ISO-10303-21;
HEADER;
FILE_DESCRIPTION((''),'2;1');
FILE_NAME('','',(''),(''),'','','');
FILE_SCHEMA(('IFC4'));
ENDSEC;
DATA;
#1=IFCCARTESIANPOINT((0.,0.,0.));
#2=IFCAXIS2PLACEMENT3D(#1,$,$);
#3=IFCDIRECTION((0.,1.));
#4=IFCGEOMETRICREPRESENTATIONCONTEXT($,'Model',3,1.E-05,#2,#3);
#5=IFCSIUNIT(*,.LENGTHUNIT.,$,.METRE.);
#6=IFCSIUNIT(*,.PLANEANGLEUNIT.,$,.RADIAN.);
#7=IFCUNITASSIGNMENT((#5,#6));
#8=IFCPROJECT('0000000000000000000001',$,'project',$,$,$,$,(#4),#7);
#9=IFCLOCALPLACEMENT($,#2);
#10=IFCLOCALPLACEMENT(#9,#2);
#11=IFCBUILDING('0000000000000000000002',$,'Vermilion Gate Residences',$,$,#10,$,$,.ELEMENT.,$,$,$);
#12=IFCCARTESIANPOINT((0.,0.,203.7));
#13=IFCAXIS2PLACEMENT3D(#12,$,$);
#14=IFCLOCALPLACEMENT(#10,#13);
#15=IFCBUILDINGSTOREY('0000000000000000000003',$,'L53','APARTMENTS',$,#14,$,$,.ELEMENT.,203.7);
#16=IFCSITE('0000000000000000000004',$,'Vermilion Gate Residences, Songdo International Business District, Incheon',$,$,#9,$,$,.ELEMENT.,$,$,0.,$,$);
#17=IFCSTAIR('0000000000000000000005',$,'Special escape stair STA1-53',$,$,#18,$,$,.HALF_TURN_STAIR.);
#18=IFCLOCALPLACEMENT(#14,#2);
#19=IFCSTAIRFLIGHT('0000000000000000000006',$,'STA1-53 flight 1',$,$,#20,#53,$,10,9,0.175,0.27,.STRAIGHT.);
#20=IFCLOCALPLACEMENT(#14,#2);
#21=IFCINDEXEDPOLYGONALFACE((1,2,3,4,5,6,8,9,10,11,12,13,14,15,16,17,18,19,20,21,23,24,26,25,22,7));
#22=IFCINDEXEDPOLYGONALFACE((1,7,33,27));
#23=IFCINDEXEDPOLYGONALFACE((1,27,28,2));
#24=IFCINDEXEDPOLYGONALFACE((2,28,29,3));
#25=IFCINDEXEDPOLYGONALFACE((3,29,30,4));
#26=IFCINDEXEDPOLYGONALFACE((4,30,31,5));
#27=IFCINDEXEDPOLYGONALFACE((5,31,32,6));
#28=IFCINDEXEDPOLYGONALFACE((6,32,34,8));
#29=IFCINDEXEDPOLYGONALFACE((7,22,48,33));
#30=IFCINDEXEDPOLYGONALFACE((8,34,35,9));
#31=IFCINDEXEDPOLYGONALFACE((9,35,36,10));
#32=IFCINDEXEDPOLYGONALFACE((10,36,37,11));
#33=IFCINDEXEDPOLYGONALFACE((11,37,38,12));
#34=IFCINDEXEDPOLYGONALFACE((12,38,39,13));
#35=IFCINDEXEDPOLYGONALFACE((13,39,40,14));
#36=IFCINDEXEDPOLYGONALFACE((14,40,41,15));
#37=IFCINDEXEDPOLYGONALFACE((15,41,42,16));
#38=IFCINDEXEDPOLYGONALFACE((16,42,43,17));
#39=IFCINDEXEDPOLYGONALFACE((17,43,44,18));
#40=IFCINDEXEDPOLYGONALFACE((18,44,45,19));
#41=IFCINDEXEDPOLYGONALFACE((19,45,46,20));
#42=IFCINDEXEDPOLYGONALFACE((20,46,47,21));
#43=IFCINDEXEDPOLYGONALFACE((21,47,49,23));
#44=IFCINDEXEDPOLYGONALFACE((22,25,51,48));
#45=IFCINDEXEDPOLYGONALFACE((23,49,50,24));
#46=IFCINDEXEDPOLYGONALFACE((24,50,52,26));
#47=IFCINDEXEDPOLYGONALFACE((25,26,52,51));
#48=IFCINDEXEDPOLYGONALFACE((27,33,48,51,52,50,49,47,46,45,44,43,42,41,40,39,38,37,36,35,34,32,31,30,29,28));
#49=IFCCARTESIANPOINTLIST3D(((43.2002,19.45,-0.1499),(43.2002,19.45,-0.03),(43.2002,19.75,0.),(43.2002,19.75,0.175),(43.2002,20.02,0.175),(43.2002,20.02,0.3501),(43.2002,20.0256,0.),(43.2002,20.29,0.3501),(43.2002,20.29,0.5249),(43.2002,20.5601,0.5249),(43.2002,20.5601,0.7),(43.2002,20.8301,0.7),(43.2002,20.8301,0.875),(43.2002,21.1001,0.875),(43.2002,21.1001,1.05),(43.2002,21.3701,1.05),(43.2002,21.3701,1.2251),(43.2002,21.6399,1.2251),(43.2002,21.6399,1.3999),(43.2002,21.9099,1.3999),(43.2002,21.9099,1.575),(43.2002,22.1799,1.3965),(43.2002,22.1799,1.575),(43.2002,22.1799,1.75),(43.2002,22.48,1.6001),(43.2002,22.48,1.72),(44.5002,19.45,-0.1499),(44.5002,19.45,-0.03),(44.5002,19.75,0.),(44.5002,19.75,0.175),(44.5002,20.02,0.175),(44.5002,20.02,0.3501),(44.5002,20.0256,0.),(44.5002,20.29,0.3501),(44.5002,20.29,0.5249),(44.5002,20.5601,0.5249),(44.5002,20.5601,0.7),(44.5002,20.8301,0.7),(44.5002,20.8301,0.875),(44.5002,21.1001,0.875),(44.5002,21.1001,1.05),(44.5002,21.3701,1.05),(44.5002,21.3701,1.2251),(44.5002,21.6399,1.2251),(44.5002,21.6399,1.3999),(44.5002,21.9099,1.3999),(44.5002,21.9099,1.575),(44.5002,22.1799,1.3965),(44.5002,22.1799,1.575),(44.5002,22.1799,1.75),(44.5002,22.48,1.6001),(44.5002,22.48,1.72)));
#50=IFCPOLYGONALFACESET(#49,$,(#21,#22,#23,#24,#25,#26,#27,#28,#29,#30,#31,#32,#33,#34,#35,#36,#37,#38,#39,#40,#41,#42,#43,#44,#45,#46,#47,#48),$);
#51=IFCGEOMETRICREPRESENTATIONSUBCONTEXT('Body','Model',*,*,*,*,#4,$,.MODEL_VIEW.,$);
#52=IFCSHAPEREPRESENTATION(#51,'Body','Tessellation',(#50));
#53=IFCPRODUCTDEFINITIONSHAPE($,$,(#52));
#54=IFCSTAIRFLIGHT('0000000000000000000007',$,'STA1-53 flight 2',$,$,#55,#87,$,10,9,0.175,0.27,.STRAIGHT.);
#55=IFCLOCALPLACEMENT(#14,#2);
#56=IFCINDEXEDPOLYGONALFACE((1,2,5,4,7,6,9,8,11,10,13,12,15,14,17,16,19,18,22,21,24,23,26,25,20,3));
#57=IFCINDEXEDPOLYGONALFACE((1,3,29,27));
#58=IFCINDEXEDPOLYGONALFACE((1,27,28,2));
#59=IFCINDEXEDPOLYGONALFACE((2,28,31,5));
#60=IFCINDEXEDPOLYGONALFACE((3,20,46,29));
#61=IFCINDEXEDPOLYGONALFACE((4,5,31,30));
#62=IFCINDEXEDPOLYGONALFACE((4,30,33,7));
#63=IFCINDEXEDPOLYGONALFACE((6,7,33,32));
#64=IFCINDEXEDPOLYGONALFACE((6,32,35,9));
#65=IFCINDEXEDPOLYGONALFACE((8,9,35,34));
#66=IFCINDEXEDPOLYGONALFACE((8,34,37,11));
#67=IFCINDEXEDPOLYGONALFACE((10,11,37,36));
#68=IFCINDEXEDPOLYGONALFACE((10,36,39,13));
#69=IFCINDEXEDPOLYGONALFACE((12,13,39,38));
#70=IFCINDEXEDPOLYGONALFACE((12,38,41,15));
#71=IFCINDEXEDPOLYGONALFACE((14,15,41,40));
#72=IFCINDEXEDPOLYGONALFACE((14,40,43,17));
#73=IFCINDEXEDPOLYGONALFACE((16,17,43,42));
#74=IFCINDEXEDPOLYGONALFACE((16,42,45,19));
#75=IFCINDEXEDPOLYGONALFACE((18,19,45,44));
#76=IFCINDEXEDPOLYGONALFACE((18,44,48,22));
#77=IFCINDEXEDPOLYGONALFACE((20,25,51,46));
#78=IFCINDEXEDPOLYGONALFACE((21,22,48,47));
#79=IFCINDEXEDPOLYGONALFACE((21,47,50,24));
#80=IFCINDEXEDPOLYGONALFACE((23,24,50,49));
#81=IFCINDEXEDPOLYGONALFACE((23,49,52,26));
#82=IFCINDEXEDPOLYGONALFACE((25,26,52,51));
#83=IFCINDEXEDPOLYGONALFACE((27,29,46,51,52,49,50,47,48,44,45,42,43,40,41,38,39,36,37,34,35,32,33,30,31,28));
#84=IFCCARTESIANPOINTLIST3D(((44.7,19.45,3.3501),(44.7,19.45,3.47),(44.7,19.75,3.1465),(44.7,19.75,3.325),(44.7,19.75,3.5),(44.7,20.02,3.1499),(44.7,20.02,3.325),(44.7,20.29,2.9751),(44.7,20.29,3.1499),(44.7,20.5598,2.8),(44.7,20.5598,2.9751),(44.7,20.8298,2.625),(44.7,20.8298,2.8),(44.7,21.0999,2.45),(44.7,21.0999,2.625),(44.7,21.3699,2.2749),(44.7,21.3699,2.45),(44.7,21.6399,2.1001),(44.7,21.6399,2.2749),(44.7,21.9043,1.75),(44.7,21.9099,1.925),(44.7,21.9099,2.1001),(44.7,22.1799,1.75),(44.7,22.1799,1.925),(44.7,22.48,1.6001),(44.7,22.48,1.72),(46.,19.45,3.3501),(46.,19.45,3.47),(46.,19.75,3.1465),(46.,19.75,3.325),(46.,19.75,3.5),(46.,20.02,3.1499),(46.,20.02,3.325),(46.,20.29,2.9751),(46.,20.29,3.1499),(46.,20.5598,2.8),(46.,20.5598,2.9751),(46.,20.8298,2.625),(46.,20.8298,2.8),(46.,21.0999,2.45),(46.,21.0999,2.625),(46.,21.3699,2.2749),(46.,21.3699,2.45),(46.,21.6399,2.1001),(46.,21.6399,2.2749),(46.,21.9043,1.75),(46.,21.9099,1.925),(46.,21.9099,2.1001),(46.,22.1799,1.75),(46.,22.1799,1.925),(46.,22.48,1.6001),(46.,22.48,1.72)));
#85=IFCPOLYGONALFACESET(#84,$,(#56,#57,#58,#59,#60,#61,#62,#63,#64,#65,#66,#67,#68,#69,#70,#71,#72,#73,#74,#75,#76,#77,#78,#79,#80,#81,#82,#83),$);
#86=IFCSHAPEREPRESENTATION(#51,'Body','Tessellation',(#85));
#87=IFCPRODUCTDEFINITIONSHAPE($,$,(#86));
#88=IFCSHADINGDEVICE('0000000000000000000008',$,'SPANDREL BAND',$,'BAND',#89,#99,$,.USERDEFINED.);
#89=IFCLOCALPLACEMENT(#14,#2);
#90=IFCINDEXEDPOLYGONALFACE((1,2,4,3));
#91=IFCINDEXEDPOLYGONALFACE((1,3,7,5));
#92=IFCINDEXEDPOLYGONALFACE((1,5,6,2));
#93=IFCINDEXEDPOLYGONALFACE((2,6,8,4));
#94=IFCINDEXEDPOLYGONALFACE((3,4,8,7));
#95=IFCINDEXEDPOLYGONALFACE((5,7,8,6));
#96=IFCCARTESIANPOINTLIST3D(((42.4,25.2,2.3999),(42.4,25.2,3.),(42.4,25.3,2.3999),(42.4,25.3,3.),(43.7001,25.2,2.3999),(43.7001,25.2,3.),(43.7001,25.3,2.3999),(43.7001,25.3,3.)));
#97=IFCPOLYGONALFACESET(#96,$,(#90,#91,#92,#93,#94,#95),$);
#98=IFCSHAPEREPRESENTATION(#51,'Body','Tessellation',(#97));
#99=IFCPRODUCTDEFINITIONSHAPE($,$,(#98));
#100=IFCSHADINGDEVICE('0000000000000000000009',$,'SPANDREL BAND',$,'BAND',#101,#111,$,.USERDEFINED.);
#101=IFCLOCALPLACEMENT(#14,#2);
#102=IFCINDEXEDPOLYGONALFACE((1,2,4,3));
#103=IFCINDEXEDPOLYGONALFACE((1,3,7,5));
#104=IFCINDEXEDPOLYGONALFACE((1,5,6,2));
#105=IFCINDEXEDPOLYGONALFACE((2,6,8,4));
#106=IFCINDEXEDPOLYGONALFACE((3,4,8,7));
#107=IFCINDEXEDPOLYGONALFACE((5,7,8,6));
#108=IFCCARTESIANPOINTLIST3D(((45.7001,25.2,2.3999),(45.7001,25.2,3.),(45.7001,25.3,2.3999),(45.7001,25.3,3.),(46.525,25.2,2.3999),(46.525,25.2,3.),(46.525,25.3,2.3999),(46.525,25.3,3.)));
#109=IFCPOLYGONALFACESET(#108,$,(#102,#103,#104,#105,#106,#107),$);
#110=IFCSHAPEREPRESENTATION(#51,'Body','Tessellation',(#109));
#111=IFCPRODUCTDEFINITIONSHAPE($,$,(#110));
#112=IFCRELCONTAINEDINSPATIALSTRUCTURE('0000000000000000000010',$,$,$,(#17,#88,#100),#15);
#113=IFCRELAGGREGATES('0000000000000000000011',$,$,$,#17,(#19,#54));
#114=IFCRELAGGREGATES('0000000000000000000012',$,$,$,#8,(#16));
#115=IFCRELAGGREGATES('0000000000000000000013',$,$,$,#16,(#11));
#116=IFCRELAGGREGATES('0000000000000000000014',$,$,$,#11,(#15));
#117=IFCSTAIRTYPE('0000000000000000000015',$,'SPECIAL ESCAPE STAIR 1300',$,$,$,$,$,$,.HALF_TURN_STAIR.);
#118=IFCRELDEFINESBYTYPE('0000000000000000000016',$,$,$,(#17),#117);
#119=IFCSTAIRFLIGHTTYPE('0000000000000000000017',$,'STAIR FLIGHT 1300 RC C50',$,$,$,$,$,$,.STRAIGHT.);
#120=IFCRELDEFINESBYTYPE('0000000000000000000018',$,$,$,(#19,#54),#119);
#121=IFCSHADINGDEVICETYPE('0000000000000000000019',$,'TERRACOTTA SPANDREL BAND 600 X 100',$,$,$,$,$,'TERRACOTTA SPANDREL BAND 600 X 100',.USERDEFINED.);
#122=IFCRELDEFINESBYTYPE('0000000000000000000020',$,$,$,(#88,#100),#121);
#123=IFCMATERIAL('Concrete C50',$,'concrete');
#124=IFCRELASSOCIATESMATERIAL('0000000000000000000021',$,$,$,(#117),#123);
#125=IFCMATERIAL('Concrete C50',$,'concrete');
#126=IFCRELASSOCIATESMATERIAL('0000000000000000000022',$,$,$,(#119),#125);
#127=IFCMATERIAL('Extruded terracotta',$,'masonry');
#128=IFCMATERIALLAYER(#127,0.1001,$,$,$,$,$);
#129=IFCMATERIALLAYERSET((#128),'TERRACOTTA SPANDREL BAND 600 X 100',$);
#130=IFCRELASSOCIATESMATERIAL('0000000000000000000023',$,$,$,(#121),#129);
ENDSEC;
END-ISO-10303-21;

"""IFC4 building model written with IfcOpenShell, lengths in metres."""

from ifc_helpers import new_model, si_unit, direction, frame, origin, origin_2d, place, context, subcontext, project, spatial, polyline, rectangle, outline, extrude, material, layer, layer_set, type_object, element, aggregate, save


model = new_model("IFC4")

# Units and contexts
model_context = context("Model", 3, precision=1e-05, world=origin(), true_north=direction((0.0, 1.0)))
body_context = subcontext(model_context, "Body", "Model", "MODEL_VIEW")
ifc_project = project(units=[si_unit("LENGTHUNIT", "METRE"), si_unit("PLANEANGLEUNIT", "RADIAN")], contexts=[model_context])

# Site, building, storey
site_placement = place(None, origin())
site = spatial("IfcSite", under=ifc_project, at=site_placement, Name="Vermilion Gate Residences, Songdo International Business District, Incheon", CompositionType="ELEMENT", RefElevation=0.0)
building_placement = place(site_placement, origin())
building = spatial("IfcBuilding", under=site, at=building_placement, Name="Vermilion Gate Residences", CompositionType="ELEMENT")
storey_placement = place(building_placement, frame((0.0, 0.0, 203.7)))
storey = spatial("IfcBuildingStorey", under=building, at=storey_placement, Name="L53", Description="APARTMENTS", CompositionType="ELEMENT", Elevation=203.7)

# Stair, stair flights
ifc_material_1 = material(Name="Concrete C50", Category="concrete")
stair_type = type_object("IfcStairType", Name="SPECIAL ESCAPE STAIR 1300", PredefinedType="HALF_TURN_STAIR", material=ifc_material_1)
stair_placement = place(storey_placement, origin())
stair = element("IfcStair", 1, at=stair_placement, inside=storey, type_object=stair_type, Name="Special escape stair STA1-53", PredefinedType="HALF_TURN_STAIR")
ifc_material_2 = material(Name="Concrete C50", Category="concrete")
stair_flight_type = type_object("IfcStairFlightType", Name="STAIR FLIGHT 1300 RC C50", PredefinedType="STRAIGHT", material=ifc_material_2)
stair_flight_1_placement = place(storey_placement, frame((43.8501, 19.75, 0.0), z_axis=(0.0, 0.0, 1.0), x_axis=(0.0, 1.0, 0.0)))
stair_flight_1 = element("IfcStairFlight", 2, at=stair_flight_1_placement, type_object=stair_flight_type, Name="STA1-53 flight 1", NumberOfRisers=10, NumberOfTreads=9, PredefinedType="STRAIGHT", RiserHeight=0.175, TreadLength=0.27, context=body_context, shape_type="SweptSolid", body=[
    extrude(outline(polyline([(-0.3, -0.1499), (-0.3, -0.03), (0.0, 0.0), (0.0, 0.175), (0.27, 0.175), (0.27, 0.3501), (0.54, 0.3501), (0.54, 0.5249), (0.8101, 0.5249), (0.8101, 0.7), (1.0801, 0.7), (1.0801, 0.875), (1.3501, 0.875), (1.3501, 1.05), (1.6201, 1.05), (1.6201, 1.2251), (1.8899, 1.2251), (1.8899, 1.3999), (2.1599, 1.3999), (2.1599, 1.575), (2.4299, 1.575), (2.4299, 1.75), (2.73, 1.72), (2.73, 1.6001), (2.4299, 1.3965), (0.2756, 0.0), (-0.3, -0.1499)])), frame((0.0, 0.6499, 0.0), z_axis=(0.0, -1.0, 0.0), x_axis=(1.0, 0.0, 0.0)), (0.0, 0.0, 1.0), 1.3),
])
stair_flight_2_placement = place(storey_placement, frame((45.3501, 22.1799, 1.75), z_axis=(0.0, 0.0, 1.0), x_axis=(0.0, -1.0, 0.0)))
stair_flight_2 = element("IfcStairFlight", 3, at=stair_flight_2_placement, type_object=stair_flight_type, Name="STA1-53 flight 2", NumberOfRisers=10, NumberOfTreads=9, PredefinedType="STRAIGHT", RiserHeight=0.175, TreadLength=0.27, context=body_context, shape_type="SweptSolid", body=[
    extrude(outline(polyline([(-0.3, -0.1499), (-0.3, -0.03), (0.0, 0.0), (0.0, 0.175), (0.27, 0.175), (0.27, 0.3501), (0.54, 0.3501), (0.54, 0.5249), (0.8101, 0.5249), (0.8101, 0.7), (1.0801, 0.7), (1.0801, 0.875), (1.3501, 0.875), (1.3501, 1.05), (1.6201, 1.05), (1.6201, 1.2251), (1.8899, 1.2251), (1.8899, 1.3999), (2.1599, 1.3999), (2.1599, 1.575), (2.4299, 1.575), (2.4299, 1.75), (2.73, 1.72), (2.73, 1.6001), (2.4299, 1.3965), (0.2756, 0.0), (-0.3, -0.1499)])), frame((0.0, 0.6499, 0.0), z_axis=(0.0, -1.0, 0.0), x_axis=(1.0, 0.0, 0.0)), (0.0, 0.0, 1.0), 1.3),
])
aggregate(stair, [stair_flight_1, stair_flight_2])

# Shading devices
ifc_material_3 = material(Name="Extruded terracotta", Category="masonry")
ifc_layer_1 = layer(ifc_material_3, 0.1001)
ifc_layer_set_1 = layer_set([ifc_layer_1], Name="TERRACOTTA SPANDREL BAND 600 X 100")
shading_device_type = type_object("IfcShadingDeviceType", Name="TERRACOTTA SPANDREL BAND 600 X 100", ElementType="TERRACOTTA SPANDREL BAND 600 X 100", PredefinedType="USERDEFINED", material=ifc_layer_set_1)
shading_device_1_placement = place(storey_placement, frame((43.05, 25.25, 2.3999), z_axis=(0.0, 0.0, 1.0), x_axis=(1.0, 0.0, 0.0)))
element("IfcShadingDevice", 4, at=shading_device_1_placement, inside=storey, type_object=shading_device_type, Name="SPANDREL BAND", ObjectType="BAND", PredefinedType="USERDEFINED", context=body_context, shape_type="SweptSolid", body=[
    extrude(rectangle(XDim=1.3, YDim=0.1001, at=origin_2d()), origin(), (0.0, 0.0, 1.0), 0.6001),
])
shading_device_2_placement = place(storey_placement, frame((46.1125, 25.25, 2.3999), z_axis=(0.0, 0.0, 1.0), x_axis=(1.0, 0.0, 0.0)))
element("IfcShadingDevice", 5, at=shading_device_2_placement, inside=storey, type_object=shading_device_type, Name="SPANDREL BAND", ObjectType="BAND", PredefinedType="USERDEFINED", context=body_context, shape_type="SweptSolid", body=[
    extrude(rectangle(XDim=0.825, YDim=0.1001, at=origin_2d()), origin(), (0.0, 0.0, 1.0), 0.6001),
])

save(model, "model.ifc")
